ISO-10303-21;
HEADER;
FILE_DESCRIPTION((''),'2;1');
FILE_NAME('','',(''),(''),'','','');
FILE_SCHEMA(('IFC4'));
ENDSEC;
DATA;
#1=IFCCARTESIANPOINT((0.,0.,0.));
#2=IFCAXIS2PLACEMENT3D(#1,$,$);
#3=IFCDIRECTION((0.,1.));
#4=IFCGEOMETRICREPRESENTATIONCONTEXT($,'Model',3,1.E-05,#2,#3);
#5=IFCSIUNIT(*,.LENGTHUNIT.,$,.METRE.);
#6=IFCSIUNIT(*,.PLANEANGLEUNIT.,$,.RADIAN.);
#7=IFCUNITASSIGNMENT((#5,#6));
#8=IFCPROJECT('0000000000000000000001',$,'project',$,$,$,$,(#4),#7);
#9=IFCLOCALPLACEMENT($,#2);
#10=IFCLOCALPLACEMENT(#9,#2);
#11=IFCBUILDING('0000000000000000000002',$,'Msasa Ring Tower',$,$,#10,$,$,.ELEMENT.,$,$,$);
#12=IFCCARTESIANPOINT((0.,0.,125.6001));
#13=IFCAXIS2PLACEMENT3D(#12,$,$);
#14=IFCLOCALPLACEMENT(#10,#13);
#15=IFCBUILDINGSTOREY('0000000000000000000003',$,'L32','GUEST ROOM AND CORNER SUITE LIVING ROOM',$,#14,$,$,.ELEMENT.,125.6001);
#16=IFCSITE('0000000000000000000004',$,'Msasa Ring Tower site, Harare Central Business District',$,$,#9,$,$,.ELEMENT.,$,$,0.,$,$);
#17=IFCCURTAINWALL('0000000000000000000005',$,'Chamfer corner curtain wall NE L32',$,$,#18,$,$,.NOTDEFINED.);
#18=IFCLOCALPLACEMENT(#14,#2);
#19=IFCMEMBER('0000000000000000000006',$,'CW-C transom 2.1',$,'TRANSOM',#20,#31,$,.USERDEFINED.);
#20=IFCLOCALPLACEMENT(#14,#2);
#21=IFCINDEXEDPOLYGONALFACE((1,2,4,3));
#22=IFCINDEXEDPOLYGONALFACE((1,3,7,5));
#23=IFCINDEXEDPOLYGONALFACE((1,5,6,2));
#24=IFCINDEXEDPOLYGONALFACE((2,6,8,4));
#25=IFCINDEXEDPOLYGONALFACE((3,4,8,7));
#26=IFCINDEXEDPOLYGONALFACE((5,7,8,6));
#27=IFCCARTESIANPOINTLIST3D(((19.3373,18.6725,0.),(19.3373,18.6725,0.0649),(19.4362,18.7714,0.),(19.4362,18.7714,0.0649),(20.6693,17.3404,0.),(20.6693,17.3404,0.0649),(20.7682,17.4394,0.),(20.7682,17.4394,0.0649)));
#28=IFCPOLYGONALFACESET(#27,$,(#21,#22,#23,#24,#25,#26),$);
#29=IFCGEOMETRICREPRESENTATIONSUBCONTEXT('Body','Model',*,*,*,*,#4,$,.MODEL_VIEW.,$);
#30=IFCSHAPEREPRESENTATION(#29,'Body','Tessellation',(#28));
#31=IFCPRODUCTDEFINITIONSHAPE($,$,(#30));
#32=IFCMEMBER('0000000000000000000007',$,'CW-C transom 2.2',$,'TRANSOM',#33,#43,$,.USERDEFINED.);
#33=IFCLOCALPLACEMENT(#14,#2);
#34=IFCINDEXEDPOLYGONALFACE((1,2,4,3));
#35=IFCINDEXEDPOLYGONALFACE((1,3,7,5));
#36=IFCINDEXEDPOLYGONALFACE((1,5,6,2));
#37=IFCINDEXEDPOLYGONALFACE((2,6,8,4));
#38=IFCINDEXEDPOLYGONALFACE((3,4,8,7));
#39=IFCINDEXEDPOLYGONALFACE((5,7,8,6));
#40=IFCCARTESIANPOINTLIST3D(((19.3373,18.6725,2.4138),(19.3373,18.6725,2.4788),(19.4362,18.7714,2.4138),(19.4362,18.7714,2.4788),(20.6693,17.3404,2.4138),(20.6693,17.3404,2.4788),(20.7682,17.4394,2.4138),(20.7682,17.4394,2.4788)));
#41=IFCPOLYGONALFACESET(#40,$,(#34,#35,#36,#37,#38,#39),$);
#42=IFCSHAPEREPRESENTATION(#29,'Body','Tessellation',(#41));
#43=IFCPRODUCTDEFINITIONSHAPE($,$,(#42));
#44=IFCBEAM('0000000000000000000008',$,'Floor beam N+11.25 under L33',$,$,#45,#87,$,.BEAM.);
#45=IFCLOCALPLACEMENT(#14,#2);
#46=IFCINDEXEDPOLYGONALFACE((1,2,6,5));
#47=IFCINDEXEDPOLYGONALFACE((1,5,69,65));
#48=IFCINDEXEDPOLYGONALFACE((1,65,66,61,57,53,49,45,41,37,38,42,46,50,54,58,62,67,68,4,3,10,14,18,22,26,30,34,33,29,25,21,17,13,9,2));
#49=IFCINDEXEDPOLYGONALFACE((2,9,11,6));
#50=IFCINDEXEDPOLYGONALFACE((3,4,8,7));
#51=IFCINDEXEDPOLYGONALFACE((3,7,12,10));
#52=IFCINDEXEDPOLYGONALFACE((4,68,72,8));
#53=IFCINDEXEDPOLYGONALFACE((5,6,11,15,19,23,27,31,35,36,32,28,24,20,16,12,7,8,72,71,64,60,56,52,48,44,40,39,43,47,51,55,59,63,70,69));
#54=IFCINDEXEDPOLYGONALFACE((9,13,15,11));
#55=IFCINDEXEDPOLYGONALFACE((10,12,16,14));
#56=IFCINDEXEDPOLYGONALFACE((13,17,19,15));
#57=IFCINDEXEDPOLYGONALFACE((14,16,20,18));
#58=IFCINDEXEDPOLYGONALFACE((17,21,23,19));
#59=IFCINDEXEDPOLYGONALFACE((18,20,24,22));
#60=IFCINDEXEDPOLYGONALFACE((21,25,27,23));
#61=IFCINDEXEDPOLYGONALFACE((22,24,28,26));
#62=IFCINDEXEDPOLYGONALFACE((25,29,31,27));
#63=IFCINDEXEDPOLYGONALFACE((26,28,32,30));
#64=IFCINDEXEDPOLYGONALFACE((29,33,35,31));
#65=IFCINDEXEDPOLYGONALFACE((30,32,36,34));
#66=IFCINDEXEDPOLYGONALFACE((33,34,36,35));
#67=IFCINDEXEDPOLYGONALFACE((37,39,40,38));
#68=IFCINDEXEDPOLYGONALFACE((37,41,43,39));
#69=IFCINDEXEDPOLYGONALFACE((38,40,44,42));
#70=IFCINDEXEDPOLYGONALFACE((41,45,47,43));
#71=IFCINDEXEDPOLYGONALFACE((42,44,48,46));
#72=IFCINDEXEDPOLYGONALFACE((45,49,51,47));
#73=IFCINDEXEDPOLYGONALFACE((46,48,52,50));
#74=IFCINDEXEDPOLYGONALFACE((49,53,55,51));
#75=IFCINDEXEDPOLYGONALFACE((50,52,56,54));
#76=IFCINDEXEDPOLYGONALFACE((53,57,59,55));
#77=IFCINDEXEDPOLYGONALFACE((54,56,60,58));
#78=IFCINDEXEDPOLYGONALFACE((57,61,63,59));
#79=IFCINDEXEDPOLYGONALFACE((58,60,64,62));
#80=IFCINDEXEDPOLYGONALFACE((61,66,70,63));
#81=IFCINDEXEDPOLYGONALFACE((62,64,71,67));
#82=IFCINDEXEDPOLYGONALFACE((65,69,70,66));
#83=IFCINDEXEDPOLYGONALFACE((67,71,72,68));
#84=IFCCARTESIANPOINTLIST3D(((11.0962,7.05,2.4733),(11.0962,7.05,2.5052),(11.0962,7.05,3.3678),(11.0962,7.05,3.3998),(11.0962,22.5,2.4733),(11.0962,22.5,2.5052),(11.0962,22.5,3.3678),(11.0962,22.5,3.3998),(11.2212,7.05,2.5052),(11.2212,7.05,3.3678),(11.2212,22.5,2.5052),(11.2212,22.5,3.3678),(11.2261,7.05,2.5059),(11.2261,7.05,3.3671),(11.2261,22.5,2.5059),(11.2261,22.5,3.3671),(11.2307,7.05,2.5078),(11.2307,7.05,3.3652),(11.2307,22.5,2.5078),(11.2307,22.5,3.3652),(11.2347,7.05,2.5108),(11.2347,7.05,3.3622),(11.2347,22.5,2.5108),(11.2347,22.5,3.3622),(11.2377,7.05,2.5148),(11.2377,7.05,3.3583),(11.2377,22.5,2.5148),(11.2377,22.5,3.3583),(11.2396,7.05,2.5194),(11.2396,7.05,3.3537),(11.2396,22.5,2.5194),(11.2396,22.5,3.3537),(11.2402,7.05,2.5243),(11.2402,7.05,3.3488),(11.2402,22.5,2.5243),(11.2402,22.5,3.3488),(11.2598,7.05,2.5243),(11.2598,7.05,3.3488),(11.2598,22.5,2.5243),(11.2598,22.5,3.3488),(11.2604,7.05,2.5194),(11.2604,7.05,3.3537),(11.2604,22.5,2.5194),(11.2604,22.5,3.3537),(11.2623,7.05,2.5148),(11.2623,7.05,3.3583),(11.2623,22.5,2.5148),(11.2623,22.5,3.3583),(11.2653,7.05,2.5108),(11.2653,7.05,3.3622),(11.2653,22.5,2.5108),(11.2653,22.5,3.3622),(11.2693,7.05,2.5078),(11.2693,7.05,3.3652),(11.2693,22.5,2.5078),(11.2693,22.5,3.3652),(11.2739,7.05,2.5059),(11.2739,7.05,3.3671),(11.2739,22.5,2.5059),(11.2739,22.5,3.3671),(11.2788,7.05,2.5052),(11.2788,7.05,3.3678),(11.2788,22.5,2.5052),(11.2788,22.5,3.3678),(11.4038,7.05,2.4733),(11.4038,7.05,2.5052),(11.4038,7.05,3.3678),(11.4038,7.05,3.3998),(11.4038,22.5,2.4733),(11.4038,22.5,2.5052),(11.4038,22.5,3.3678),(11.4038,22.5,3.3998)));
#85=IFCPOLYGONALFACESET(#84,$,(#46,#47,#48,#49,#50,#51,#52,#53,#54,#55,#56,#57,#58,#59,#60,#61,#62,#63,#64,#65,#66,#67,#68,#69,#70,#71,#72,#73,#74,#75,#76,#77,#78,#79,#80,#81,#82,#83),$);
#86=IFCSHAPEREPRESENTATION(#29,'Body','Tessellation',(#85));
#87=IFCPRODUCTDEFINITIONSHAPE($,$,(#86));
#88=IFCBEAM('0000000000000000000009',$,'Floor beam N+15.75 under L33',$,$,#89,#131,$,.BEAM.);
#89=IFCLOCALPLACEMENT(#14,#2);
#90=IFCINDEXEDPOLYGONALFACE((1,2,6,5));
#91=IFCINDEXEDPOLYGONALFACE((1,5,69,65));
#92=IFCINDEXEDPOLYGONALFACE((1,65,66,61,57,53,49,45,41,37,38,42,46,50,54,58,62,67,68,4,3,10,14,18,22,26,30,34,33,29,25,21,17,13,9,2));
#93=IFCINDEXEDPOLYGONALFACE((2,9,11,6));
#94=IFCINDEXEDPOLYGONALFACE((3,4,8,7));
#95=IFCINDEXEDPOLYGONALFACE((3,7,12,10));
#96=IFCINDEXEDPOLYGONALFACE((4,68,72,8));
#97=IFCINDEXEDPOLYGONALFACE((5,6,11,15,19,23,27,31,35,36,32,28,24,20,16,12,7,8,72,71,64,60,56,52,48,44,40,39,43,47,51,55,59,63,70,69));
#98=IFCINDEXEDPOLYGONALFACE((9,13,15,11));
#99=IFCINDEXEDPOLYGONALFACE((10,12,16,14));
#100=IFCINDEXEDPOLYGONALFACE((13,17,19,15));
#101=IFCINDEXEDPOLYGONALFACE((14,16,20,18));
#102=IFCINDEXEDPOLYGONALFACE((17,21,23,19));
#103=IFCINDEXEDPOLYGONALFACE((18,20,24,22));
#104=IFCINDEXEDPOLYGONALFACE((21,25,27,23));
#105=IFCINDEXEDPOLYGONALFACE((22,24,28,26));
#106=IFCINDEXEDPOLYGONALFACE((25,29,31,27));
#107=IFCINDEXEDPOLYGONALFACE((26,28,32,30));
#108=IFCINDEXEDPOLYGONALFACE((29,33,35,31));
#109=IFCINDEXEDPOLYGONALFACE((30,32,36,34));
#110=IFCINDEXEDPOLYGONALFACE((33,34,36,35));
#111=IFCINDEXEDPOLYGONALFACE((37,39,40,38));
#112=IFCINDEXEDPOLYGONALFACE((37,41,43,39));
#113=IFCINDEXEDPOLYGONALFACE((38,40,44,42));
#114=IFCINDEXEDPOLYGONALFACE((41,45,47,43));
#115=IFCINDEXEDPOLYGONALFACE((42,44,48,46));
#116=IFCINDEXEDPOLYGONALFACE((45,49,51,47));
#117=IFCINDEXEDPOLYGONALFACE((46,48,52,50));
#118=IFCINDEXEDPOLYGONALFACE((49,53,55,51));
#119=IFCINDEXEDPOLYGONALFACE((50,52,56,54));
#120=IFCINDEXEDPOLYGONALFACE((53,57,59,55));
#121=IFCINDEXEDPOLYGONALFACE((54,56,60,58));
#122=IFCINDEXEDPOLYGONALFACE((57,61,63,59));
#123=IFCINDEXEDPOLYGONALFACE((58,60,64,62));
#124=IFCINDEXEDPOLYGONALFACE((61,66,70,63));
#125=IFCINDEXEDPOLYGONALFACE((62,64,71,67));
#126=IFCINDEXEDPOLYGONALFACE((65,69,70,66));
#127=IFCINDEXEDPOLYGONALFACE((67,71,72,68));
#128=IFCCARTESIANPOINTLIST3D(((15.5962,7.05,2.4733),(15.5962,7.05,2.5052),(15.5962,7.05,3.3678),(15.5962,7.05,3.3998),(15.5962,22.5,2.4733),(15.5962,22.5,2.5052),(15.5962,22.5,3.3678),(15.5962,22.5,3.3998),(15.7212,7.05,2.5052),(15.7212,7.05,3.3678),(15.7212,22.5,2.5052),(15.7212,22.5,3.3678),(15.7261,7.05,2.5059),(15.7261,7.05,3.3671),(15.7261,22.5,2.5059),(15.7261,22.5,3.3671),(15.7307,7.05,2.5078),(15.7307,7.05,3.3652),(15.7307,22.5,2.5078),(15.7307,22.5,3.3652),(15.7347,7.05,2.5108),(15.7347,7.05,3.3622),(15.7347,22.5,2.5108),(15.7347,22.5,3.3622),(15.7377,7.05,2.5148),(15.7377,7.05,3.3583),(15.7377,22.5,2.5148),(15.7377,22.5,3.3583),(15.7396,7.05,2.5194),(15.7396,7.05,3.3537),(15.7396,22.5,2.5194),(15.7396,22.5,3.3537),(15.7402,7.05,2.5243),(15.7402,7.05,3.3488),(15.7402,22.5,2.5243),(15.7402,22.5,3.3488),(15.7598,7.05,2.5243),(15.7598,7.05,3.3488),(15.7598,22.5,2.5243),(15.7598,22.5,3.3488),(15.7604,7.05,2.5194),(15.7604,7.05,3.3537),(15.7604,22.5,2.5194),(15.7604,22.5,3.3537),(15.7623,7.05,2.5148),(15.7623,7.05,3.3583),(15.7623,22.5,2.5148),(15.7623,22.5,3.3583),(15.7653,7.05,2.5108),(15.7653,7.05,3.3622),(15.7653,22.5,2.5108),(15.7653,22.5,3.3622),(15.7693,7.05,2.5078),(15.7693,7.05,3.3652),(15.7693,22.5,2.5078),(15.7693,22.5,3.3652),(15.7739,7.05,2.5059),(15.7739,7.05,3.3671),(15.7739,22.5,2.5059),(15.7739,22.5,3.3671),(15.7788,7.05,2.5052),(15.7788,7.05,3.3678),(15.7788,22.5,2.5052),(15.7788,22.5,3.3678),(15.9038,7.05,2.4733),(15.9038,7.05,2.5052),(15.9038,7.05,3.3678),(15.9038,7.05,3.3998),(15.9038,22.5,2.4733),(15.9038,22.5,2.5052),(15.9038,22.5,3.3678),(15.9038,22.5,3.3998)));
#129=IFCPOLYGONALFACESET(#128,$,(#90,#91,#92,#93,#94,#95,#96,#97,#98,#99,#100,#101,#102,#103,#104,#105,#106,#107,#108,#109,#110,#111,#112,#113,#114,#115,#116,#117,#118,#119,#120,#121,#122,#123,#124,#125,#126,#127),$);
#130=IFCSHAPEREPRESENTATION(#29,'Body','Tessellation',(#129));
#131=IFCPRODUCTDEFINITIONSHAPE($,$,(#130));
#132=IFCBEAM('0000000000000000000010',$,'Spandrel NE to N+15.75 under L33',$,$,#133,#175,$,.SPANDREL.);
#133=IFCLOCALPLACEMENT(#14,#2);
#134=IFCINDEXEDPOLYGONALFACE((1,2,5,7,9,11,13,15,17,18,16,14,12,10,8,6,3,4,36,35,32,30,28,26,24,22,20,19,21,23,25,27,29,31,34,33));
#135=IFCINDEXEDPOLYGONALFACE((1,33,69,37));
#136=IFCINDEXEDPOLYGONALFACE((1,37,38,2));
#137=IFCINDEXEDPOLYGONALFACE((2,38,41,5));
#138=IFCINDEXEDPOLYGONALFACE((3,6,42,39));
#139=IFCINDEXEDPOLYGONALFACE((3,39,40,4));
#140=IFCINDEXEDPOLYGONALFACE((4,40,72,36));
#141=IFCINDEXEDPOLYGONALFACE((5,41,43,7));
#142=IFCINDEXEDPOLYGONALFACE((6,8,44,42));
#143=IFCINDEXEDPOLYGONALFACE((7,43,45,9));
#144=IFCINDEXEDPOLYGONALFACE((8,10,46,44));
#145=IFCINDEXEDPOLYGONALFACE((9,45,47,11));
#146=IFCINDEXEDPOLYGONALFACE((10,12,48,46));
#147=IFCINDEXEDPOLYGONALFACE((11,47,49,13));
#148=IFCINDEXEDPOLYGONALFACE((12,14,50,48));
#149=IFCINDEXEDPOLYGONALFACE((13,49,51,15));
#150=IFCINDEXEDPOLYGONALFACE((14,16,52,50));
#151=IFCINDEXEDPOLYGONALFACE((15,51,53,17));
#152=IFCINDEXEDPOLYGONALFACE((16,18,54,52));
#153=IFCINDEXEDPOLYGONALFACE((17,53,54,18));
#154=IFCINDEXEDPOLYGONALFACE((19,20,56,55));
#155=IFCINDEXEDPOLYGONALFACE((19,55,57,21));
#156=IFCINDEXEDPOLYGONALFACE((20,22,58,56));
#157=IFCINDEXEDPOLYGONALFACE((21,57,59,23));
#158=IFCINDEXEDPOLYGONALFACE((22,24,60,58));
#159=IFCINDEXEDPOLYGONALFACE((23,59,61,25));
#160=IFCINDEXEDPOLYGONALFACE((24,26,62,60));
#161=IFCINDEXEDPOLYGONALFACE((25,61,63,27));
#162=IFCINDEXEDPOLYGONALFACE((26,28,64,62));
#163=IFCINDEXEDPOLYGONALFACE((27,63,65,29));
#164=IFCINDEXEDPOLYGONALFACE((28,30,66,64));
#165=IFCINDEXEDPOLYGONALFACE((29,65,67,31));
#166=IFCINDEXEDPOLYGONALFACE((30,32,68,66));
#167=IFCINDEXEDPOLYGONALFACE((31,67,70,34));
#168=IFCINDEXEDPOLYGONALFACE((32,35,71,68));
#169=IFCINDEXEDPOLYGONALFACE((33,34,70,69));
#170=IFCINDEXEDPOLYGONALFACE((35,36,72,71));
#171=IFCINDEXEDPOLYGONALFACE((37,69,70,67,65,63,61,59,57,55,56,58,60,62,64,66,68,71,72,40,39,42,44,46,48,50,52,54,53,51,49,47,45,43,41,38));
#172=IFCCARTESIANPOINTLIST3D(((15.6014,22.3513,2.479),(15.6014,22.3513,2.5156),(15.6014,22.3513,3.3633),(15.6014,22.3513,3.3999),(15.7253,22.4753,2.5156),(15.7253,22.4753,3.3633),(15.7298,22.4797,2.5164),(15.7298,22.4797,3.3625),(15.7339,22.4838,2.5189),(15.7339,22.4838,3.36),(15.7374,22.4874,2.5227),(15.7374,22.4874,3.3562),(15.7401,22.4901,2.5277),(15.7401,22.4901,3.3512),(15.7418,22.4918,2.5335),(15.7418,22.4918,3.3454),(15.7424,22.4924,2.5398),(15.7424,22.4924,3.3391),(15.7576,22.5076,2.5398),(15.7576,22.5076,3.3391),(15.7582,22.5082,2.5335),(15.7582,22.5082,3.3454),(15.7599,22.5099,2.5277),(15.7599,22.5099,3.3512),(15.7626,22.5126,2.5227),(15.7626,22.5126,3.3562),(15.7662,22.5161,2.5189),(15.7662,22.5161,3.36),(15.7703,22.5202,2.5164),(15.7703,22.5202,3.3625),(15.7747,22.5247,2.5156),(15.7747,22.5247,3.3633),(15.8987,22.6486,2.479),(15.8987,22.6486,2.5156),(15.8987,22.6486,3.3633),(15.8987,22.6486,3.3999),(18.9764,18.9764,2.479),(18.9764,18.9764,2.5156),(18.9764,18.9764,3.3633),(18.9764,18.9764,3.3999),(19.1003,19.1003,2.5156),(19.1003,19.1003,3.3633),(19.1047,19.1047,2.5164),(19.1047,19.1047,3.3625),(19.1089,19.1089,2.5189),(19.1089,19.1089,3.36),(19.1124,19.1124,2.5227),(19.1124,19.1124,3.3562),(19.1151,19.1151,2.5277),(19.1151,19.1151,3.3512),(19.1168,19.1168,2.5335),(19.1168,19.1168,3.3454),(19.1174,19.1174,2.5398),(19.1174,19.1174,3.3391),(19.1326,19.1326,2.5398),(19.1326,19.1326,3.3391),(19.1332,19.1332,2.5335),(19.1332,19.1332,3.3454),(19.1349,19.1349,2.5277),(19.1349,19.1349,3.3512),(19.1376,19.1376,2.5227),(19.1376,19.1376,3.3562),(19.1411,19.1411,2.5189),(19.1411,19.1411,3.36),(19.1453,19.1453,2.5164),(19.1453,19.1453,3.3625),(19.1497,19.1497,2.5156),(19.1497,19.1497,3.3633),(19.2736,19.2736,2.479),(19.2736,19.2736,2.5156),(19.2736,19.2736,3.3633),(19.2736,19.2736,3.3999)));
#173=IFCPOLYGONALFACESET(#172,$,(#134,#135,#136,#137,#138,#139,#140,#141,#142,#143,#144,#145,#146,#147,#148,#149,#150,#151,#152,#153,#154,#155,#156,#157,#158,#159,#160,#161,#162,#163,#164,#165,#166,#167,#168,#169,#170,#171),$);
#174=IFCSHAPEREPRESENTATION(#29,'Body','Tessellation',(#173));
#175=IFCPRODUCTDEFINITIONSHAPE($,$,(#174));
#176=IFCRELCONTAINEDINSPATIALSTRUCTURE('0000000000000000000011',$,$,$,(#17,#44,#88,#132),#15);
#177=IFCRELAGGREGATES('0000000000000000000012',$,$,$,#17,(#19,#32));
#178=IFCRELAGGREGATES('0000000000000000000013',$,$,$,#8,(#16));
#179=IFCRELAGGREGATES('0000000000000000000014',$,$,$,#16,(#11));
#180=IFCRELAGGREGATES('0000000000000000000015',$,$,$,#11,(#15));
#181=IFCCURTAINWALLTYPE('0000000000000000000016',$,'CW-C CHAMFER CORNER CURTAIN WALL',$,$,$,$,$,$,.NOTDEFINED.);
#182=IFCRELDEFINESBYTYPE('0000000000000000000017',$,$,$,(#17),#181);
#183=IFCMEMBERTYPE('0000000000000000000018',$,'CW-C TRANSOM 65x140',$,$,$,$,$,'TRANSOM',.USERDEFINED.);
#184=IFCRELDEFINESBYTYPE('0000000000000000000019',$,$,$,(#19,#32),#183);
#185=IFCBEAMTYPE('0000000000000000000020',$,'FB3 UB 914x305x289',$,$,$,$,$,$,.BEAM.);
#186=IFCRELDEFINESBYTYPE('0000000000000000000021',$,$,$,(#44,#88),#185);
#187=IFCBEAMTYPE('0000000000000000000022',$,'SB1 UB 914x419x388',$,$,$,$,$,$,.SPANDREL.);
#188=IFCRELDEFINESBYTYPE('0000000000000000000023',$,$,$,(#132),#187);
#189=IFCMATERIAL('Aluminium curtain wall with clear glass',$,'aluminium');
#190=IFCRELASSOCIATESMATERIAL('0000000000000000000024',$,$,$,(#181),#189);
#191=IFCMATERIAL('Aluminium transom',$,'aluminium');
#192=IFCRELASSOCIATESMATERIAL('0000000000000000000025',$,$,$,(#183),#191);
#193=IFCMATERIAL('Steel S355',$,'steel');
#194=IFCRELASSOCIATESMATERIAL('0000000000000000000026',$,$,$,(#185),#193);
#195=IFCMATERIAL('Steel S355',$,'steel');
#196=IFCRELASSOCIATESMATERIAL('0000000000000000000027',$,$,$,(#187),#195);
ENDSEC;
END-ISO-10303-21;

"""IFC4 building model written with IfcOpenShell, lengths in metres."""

from ifc_helpers import new_model, si_unit, direction, frame, origin, origin_2d, place, context, subcontext, project, spatial, rectangle, i_section, extrude, material, material_profile, profile_set, type_object, element, aggregate, save


model = new_model("IFC4")

# Units and contexts
model_context = context("Model", 3, precision=1e-05, world=origin(), true_north=direction((0.0, 1.0)))
body_context = subcontext(model_context, "Body", "Model", "MODEL_VIEW")
ifc_project = project(units=[si_unit("LENGTHUNIT", "METRE"), si_unit("PLANEANGLEUNIT", "RADIAN")], contexts=[model_context])

# Site, building, storey
site_placement = place(None, origin())
site = spatial("IfcSite", under=ifc_project, at=site_placement, Name="Msasa Ring Tower site, Harare Central Business District", CompositionType="ELEMENT", RefElevation=0.0)
building_placement = place(site_placement, origin())
building = spatial("IfcBuilding", under=site, at=building_placement, Name="Msasa Ring Tower", CompositionType="ELEMENT")
storey_placement = place(building_placement, frame((0.0, 0.0, 125.6001)))
storey = spatial("IfcBuildingStorey", under=building, at=storey_placement, Name="L32", Description="GUEST ROOM AND CORNER SUITE LIVING ROOM", CompositionType="ELEMENT", Elevation=125.6001)

# Curtain wall
ifc_material_1 = material(Name="Aluminium curtain wall with clear glass", Category="aluminium")
curtain_wall_type = type_object("IfcCurtainWallType", Name="CW-C CHAMFER CORNER CURTAIN WALL", PredefinedType="NOTDEFINED", material=ifc_material_1)
curtain_wall_1_placement = place(storey_placement, origin())
curtain_wall_1 = element("IfcCurtainWall", 1, at=curtain_wall_1_placement, inside=storey, type_object=curtain_wall_type, Name="Chamfer corner curtain wall NE L32", PredefinedType="NOTDEFINED")

# Members
ifc_material_2 = material(Name="Aluminium transom", Category="aluminium")
ifc_material_profile_1 = material_profile(ifc_material_2, rectangle(XDim=0.1399, YDim=0.0649, at=origin_2d()), Name="AL 65x140")
ifc_profile_set_1 = profile_set([ifc_material_profile_1], Name="Aluminium transom")
member_type_1 = type_object("IfcMemberType", Name="CW-C TRANSOM 65x140", ElementType="TRANSOM", PredefinedType="USERDEFINED", material=ifc_profile_set_1)
member_1_placement = place(storey_placement, frame((20.7188, 17.3899, 0.0325), z_axis=(-0.707107, 0.707107, 0.0), x_axis=(-0.707107, -0.707107, 0.0)))
member_1 = element("IfcMember", 2, at=member_1_placement, type_object=member_type_1, Name="CW-C transom 2.1", ObjectType="TRANSOM", PredefinedType="USERDEFINED", context=body_context, shape_type="SweptSolid", body=[
    extrude(rectangle(XDim=0.1399, YDim=0.0649, at=origin_2d()), origin(), (0.0, 0.0, 1.0), 1.8838),
])
member_2_placement = place(storey_placement, frame((20.7188, 17.3899, 2.4463), z_axis=(-0.707107, 0.707107, 0.0), x_axis=(-0.707107, -0.707107, 0.0)))
member_2 = element("IfcMember", 3, at=member_2_placement, type_object=member_type_1, Name="CW-C transom 2.2", ObjectType="TRANSOM", PredefinedType="USERDEFINED", context=body_context, shape_type="SweptSolid", body=[
    extrude(rectangle(XDim=0.1399, YDim=0.0649, at=origin_2d()), origin(), (0.0, 0.0, 1.0), 1.8838),
])

# Beams
ifc_material_3 = material(Name="Steel S355", Category="steel")
ifc_material_profile_2 = material_profile(ifc_material_3, i_section(OverallWidth=0.3076, OverallDepth=0.9265, WebThickness=0.0195, FlangeThickness=0.032, FilletRadius=0.019, at=origin_2d()), Name="UB 914x305x289")
ifc_profile_set_2 = profile_set([ifc_material_profile_2], Name="Steel S355")
beam_type_1 = type_object("IfcBeamType", Name="FB3 UB 914x305x289", PredefinedType="BEAM", material=ifc_profile_set_2)
for number, where, z_axis, x_axis, name in (
    (4, (11.25, 22.5, 2.9365), (0.0, -1.0, 0.0), (1.0, 0.0, 0.0), "Floor beam N+11.25 under L33"),
    (5, (15.75, 22.5, 2.9365), (0.0, -1.0, 0.0), (1.0, 0.0, 0.0), "Floor beam N+15.75 under L33"),
):
    element("IfcBeam", number, at=place(storey_placement, frame(where, z_axis=z_axis, x_axis=x_axis)), inside=storey, type_object=beam_type_1, Name=name, PredefinedType="BEAM", context=body_context, shape_type="SweptSolid", body=[
        extrude(i_section(OverallWidth=0.3076, OverallDepth=0.9265, WebThickness=0.0195, FlangeThickness=0.032, FilletRadius=0.019, at=origin_2d()), origin(), (0.0, 0.0, 1.0), 15.45),
    ])
ifc_material_4 = material(Name="Steel S355", Category="steel")
ifc_material_profile_3 = material_profile(ifc_material_4, i_section(OverallWidth=0.4204, OverallDepth=0.9209, WebThickness=0.0215, FlangeThickness=0.0366, FilletRadius=0.0242, at=origin_2d()), Name="UB 914x419x388")
ifc_profile_set_3 = profile_set([ifc_material_profile_3], Name="Steel S355")
beam_type_2 = type_object("IfcBeamType", Name="SB1 UB 914x419x388", PredefinedType="SPANDREL", material=ifc_profile_set_3)
beam_placement = place(storey_placement, frame((19.125, 19.125, 2.9395), z_axis=(-0.707107, 0.707107, 0.0), x_axis=(-0.707107, -0.707107, 0.0)))
element("IfcBeam", 6, at=beam_placement, inside=storey, type_object=beam_type_2, Name="Spandrel NE to N+15.75 under L33", PredefinedType="SPANDREL", context=body_context, shape_type="SweptSolid", body=[
    extrude(i_section(OverallWidth=0.4204, OverallDepth=0.9209, WebThickness=0.0215, FlangeThickness=0.0366, FilletRadius=0.0242, at=origin_2d()), origin(), (0.0, 0.0, 1.0), 4.7729),
])

aggregate(curtain_wall_1, [member_1, member_2])

save(model, "model.ifc")
